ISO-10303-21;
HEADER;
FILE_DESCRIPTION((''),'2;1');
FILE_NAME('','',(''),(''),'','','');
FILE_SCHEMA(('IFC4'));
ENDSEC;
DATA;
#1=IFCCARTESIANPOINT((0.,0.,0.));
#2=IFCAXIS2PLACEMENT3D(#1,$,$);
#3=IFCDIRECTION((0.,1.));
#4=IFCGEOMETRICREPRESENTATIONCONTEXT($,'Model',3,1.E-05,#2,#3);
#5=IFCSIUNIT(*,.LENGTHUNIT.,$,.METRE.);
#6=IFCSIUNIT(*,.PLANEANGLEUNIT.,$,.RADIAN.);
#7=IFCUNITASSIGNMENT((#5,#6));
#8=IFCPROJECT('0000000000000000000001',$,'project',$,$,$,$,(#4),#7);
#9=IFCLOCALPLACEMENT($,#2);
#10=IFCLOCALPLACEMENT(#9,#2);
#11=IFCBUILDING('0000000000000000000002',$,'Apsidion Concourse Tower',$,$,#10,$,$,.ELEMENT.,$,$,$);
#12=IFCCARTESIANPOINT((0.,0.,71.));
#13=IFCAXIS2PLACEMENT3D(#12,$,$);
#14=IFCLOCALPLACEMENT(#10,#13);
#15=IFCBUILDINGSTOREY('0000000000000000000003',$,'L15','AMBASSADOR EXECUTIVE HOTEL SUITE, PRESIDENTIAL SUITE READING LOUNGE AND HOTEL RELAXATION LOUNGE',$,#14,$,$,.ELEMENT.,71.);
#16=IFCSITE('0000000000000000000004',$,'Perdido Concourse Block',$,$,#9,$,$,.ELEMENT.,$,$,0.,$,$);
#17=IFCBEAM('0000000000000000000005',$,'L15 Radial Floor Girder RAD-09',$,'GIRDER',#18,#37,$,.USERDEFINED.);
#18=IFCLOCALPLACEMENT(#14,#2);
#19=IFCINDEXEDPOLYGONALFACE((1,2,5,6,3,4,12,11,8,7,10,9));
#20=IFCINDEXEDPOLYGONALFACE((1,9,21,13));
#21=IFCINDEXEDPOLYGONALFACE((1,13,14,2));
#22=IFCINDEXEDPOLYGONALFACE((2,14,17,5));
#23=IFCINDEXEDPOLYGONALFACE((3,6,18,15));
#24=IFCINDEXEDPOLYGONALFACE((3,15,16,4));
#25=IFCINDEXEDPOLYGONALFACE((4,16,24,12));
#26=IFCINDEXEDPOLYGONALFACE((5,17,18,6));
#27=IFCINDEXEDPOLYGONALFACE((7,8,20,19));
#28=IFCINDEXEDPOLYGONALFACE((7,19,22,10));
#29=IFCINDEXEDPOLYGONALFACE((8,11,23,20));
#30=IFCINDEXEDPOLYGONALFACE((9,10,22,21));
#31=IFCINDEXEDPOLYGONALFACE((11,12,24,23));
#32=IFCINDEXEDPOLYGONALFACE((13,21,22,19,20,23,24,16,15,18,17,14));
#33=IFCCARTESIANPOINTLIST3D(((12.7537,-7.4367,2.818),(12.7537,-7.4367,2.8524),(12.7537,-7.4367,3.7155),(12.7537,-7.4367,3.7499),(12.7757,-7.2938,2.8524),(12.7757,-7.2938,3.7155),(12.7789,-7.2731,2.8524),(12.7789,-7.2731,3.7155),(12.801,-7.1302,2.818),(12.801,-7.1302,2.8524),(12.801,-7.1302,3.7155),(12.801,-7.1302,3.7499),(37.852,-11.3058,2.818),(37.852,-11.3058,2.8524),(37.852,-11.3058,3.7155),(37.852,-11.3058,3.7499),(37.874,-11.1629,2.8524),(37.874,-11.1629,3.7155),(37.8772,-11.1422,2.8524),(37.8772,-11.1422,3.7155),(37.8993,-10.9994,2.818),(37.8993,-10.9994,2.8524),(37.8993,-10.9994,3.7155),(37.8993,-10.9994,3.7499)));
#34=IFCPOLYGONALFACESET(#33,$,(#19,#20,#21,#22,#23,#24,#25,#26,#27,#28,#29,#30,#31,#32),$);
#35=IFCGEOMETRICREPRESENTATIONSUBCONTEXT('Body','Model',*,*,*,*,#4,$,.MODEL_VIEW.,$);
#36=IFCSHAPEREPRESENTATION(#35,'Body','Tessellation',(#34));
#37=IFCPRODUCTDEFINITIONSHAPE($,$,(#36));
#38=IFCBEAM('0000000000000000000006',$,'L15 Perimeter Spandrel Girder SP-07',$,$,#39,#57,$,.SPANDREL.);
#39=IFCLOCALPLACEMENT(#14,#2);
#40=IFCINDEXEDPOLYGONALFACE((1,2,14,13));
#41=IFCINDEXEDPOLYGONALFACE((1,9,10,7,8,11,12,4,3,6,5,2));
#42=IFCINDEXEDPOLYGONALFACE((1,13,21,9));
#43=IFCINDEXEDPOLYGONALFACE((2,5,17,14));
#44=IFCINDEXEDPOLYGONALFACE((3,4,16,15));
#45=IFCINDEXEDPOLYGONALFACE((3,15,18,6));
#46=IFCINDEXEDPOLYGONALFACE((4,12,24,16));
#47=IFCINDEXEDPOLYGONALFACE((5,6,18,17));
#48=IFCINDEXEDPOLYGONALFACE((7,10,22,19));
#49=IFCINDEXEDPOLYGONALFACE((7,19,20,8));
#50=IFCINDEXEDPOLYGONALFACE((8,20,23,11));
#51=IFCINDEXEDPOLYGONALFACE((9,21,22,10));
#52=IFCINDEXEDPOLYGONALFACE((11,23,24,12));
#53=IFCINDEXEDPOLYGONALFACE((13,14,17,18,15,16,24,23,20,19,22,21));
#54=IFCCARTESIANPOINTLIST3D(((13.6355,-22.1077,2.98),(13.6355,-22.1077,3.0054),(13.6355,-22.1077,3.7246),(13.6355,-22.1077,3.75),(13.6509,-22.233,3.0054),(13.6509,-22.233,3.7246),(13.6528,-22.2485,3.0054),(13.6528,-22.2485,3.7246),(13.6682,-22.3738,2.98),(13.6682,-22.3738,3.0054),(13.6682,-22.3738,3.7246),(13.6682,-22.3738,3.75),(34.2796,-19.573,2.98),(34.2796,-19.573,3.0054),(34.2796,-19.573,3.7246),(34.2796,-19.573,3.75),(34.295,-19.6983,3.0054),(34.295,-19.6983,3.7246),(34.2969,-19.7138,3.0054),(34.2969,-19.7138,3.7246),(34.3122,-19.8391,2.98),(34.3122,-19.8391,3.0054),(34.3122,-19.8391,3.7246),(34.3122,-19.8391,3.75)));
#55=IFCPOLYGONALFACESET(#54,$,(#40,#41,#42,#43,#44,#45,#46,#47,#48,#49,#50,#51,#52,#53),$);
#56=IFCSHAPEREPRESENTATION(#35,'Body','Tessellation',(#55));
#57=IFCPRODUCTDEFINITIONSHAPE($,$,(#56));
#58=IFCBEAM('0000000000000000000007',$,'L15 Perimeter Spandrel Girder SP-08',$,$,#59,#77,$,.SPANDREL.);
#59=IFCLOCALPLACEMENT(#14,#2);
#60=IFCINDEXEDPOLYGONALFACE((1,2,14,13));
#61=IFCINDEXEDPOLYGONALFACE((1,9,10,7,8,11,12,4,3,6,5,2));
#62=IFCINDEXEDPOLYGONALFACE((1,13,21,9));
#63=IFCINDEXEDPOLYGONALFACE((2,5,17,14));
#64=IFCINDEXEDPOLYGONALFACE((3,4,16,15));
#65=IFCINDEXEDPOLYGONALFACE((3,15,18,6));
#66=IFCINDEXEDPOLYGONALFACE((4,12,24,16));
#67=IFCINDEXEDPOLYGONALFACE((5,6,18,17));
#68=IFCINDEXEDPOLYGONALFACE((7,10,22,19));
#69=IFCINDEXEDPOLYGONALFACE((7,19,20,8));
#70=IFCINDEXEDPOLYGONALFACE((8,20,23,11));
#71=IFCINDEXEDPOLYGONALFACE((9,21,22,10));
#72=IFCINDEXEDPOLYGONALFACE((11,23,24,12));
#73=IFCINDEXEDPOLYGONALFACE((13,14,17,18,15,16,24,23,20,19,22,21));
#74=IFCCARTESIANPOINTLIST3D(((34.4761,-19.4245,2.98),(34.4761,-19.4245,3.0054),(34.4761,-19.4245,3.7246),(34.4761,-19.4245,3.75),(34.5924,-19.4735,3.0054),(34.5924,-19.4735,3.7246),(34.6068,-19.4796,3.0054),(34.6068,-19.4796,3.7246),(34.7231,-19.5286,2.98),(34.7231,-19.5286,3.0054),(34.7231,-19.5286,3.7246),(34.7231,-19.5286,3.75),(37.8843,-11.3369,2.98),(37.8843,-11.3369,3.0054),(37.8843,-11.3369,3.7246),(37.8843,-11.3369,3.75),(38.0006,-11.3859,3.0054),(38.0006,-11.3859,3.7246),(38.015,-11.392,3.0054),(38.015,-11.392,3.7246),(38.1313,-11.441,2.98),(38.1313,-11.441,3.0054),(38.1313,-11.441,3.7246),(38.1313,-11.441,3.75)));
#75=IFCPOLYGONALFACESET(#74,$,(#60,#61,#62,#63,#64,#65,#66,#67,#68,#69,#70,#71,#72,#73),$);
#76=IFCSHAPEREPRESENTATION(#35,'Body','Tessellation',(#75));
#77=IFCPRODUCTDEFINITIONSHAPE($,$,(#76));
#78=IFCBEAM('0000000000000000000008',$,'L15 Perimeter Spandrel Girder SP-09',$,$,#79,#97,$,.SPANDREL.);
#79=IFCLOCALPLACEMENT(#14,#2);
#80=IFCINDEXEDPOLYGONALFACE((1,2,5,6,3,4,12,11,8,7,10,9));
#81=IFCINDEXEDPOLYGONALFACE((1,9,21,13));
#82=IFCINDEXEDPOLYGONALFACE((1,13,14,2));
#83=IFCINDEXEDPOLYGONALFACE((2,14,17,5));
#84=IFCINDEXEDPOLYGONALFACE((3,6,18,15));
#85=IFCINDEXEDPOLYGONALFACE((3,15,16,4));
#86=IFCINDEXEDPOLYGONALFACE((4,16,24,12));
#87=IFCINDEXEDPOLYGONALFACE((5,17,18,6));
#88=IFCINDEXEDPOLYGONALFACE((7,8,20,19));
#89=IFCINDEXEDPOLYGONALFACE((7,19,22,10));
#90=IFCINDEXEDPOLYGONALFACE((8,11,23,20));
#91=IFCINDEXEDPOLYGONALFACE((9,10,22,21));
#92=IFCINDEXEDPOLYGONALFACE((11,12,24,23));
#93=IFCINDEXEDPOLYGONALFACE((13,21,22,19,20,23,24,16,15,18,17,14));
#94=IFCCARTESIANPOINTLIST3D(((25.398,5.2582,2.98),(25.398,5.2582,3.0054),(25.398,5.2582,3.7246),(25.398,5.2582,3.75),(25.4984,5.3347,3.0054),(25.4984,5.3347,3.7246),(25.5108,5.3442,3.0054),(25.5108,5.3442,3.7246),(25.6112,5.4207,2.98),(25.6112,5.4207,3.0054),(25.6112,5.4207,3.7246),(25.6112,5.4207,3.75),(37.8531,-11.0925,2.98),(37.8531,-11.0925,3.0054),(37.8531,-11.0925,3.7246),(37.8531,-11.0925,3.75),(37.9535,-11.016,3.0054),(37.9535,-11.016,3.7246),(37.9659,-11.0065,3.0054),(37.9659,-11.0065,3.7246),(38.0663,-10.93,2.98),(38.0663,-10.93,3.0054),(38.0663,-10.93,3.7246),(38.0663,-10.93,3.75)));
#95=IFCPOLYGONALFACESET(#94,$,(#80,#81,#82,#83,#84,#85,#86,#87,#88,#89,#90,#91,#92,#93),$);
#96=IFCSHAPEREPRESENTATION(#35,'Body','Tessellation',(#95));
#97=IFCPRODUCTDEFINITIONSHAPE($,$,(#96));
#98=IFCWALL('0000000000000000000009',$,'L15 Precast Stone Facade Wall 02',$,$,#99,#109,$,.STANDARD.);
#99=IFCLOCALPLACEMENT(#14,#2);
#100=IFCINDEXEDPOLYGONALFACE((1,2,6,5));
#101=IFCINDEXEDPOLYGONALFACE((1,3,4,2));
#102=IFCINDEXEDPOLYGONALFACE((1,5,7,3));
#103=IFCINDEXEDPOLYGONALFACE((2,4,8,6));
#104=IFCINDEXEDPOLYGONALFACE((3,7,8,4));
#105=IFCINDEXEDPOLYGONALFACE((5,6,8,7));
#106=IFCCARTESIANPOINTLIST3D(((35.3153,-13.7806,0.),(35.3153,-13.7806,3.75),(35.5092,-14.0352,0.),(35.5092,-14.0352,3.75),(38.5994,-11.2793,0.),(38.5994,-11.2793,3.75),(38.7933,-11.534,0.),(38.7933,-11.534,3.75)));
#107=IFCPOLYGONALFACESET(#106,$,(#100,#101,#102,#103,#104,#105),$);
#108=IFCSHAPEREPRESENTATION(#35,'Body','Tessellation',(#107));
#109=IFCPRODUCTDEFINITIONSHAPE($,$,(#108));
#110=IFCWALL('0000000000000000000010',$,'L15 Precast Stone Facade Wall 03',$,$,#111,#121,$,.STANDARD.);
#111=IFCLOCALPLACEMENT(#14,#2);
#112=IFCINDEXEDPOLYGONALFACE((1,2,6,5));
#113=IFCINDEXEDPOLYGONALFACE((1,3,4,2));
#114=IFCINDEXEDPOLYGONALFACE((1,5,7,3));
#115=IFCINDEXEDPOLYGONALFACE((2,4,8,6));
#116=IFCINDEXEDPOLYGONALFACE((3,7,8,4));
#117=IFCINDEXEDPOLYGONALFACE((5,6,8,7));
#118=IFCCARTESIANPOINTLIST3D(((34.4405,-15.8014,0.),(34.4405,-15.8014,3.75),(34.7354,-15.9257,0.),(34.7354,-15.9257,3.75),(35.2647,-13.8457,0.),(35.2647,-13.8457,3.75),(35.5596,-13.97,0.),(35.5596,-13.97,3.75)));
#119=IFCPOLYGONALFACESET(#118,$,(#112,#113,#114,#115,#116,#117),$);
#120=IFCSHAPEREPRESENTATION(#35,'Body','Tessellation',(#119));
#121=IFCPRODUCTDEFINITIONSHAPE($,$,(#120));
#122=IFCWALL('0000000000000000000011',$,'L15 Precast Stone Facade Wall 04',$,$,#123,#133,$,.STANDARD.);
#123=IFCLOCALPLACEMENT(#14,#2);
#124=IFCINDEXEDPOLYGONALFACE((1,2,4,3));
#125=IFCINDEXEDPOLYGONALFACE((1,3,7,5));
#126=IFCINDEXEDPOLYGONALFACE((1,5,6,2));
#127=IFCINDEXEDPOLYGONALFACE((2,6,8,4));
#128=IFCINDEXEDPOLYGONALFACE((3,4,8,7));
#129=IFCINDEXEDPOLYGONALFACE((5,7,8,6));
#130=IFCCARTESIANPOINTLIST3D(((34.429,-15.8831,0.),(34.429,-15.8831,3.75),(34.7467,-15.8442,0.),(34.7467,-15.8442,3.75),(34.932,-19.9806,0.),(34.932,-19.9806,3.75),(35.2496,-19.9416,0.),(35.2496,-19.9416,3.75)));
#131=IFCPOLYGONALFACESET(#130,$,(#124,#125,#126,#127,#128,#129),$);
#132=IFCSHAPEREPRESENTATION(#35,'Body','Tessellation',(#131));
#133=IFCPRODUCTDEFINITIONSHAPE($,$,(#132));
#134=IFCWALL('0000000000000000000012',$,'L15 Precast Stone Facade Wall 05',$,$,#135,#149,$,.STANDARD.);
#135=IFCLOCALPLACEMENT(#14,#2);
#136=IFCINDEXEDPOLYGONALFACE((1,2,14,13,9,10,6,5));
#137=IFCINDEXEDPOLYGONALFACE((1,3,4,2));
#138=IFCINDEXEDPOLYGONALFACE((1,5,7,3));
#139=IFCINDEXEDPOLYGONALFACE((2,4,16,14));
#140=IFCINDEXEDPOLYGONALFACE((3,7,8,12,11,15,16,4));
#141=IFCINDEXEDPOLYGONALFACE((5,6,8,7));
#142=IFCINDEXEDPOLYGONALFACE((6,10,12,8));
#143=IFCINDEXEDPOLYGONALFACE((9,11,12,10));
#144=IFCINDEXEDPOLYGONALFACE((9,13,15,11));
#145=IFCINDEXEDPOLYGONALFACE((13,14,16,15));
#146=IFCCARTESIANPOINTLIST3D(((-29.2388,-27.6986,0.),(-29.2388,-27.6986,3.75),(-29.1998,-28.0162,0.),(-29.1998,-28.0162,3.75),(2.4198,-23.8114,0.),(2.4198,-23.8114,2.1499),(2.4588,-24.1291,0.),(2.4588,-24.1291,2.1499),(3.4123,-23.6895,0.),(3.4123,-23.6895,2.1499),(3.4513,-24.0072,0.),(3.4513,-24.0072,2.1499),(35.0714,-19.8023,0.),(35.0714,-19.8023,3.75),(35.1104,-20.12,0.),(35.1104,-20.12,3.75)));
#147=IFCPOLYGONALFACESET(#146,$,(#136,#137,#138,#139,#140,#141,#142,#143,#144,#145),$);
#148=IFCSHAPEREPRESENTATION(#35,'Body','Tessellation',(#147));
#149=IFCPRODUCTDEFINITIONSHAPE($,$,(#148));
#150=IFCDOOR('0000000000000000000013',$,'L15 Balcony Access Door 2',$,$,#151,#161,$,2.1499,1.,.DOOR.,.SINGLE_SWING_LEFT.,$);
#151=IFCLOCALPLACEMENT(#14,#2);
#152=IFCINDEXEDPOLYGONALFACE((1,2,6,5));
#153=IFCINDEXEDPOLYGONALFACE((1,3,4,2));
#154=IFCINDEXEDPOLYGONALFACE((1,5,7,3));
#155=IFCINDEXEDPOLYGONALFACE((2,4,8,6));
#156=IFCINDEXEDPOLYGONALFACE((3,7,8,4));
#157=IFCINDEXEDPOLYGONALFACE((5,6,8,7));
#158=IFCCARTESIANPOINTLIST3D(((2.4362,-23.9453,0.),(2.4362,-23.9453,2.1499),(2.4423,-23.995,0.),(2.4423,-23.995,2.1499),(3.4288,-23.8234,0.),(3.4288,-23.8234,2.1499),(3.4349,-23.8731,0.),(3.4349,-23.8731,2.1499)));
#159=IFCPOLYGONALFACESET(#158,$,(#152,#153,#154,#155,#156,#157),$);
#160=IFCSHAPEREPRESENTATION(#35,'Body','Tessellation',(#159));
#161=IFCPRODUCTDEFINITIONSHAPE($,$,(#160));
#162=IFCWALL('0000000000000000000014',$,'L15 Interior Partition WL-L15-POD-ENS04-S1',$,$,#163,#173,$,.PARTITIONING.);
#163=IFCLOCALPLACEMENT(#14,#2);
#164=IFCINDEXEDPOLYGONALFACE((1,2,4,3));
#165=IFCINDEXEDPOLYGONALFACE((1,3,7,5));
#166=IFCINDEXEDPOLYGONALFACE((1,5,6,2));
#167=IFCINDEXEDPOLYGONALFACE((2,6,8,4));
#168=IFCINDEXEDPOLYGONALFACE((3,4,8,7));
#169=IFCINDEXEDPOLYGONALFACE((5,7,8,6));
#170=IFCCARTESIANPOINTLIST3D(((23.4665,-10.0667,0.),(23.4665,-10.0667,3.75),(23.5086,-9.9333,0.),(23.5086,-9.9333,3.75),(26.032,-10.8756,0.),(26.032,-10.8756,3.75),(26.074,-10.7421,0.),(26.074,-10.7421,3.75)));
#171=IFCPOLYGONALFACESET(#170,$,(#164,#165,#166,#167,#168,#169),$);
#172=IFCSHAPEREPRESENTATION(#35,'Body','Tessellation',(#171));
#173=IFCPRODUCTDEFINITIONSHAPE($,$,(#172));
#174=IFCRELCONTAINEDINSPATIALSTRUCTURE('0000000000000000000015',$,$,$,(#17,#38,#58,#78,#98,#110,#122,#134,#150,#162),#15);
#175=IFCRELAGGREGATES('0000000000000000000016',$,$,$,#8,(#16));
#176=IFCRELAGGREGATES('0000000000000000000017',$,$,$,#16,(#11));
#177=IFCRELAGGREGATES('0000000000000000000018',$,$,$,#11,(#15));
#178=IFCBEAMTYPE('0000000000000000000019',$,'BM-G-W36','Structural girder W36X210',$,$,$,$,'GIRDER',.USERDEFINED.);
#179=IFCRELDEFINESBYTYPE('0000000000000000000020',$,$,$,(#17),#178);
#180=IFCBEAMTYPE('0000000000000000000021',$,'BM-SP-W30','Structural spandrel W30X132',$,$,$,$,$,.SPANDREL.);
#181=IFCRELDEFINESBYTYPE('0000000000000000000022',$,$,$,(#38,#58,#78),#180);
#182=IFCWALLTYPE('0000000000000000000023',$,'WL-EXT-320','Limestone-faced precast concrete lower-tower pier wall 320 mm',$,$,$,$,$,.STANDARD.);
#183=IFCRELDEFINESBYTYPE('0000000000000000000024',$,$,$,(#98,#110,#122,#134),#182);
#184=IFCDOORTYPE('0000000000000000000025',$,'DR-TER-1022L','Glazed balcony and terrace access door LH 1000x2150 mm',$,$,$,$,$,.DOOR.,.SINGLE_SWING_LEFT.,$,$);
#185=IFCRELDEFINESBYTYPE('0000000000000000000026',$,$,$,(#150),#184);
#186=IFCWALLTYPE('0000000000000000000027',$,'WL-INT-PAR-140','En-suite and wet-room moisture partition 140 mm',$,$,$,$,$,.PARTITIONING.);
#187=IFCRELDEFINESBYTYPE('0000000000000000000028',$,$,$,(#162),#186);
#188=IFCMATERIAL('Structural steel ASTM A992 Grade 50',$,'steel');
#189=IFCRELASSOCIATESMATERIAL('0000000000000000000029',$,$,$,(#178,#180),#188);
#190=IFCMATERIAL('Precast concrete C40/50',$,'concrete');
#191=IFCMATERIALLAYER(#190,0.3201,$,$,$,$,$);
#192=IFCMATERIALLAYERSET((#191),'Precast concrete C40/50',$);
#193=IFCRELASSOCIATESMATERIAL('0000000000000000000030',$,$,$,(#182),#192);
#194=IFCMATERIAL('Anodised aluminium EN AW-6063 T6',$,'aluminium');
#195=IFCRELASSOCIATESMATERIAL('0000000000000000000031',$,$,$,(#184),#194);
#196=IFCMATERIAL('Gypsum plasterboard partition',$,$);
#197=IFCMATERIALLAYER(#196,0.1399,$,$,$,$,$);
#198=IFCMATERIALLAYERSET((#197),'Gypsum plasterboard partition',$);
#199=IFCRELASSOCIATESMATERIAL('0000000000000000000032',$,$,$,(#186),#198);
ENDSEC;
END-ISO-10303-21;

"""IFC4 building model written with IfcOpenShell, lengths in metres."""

from ifc_helpers import new_model, si_unit, direction, frame, frame_2d, origin, origin_2d, place, context, subcontext, project, spatial, rectangle, i_section, extrude, material, layer, layer_set, material_profile, profile_set, type_object, element, fill, save


model = new_model("IFC4")

# Units and contexts
model_context = context("Model", 3, precision=1e-05, world=origin(), true_north=direction((0.0, 1.0)))
body_context = subcontext(model_context, "Body", "Model", "MODEL_VIEW")
ifc_project = project(units=[si_unit("LENGTHUNIT", "METRE"), si_unit("PLANEANGLEUNIT", "RADIAN")], contexts=[model_context])

# Site, building, storey
site_placement = place(None, origin())
site = spatial("IfcSite", under=ifc_project, at=site_placement, Name="Perdido Concourse Block", CompositionType="ELEMENT", RefElevation=0.0)
building_placement = place(site_placement, origin())
building = spatial("IfcBuilding", under=site, at=building_placement, Name="Apsidion Concourse Tower", CompositionType="ELEMENT")
storey_placement = place(building_placement, frame((0.0, 0.0, 71.0)))
storey = spatial("IfcBuildingStorey", under=building, at=storey_placement, Name="L15", Description="AMBASSADOR EXECUTIVE HOTEL SUITE, PRESIDENTIAL SUITE READING LOUNGE AND HOTEL RELAXATION LOUNGE", CompositionType="ELEMENT", Elevation=71.0)

# Beams
ifc_material_1 = material(Name="Structural steel ASTM A992 Grade 50", Category="steel")
ifc_material_profile_1 = material_profile(ifc_material_1, i_section(OverallWidth=0.3101, OverallDepth=0.9319, WebThickness=0.021, FlangeThickness=0.0344, at=origin_2d()), Name="W36X210")
ifc_profile_set_1 = profile_set([ifc_material_profile_1], Name="Structural steel ASTM A992 Grade 50")
beam_type_1 = type_object("IfcBeamType", Name="BM-G-W36", Description="Structural girder W36X210", ElementType="GIRDER", PredefinedType="USERDEFINED", material=ifc_profile_set_1)
beam_1_placement = place(storey_placement, frame((12.7773, -7.2834, 3.2839), z_axis=(0.988325, -0.152359, 0.0), x_axis=(0.152359, 0.988325, 0.0)))
element("IfcBeam", 1, at=beam_1_placement, inside=storey, type_object=beam_type_1, Name="L15 Radial Floor Girder RAD-09", ObjectType="GIRDER", PredefinedType="USERDEFINED", context=body_context, shape_type="SweptSolid", body=[
    extrude(i_section(OverallWidth=0.3101, OverallDepth=0.9319, WebThickness=0.021, FlangeThickness=0.0344, at=origin_2d()), origin(), (0.0, 0.0, 1.0), 25.3948),
])
ifc_material_profile_2 = material_profile(ifc_material_1, i_section(OverallWidth=0.2681, OverallDepth=0.77, WebThickness=0.0156, FlangeThickness=0.0254, at=origin_2d()), Name="W30X132")
ifc_profile_set_2 = profile_set([ifc_material_profile_2], Name="Structural steel ASTM A992 Grade 50")
beam_type_2 = type_object("IfcBeamType", Name="BM-SP-W30", Description="Structural spandrel W30X132", PredefinedType="SPANDREL", material=ifc_profile_set_2)
beam_2_placement = place(storey_placement, frame((13.6519, -22.2407, 3.365), z_axis=(0.992547, 0.121865, 0.0), x_axis=(-0.121865, 0.992547, 0.0)))
element("IfcBeam", 2, at=beam_2_placement, inside=storey, type_object=beam_type_2, Name="L15 Perimeter Spandrel Girder SP-07", PredefinedType="SPANDREL", context=body_context, shape_type="SweptSolid", body=[
    extrude(i_section(OverallWidth=0.2681, OverallDepth=0.77, WebThickness=0.0156, FlangeThickness=0.0254, at=origin_2d()), origin(), (0.0, 0.0, 1.0), 20.7991),
])
beam_3_placement = place(storey_placement, frame((34.5996, -19.4766, 3.365), z_axis=(0.388336, 0.921518, 0.0), x_axis=(-0.921518, 0.388336, 0.0)))
element("IfcBeam", 3, at=beam_3_placement, inside=storey, type_object=beam_type_2, Name="L15 Perimeter Spandrel Girder SP-08", PredefinedType="SPANDREL", context=body_context, shape_type="SweptSolid", body=[
    extrude(i_section(OverallWidth=0.2681, OverallDepth=0.77, WebThickness=0.0156, FlangeThickness=0.0254, at=origin_2d()), origin(), (0.0, 0.0, 1.0), 8.7764),
])
beam_4_placement = place(storey_placement, frame((37.9597, -11.0112, 3.365), z_axis=(-0.605966, 0.795491, 0.0), x_axis=(-0.795491, -0.605966, 0.0)))
element("IfcBeam", 4, at=beam_4_placement, inside=storey, type_object=beam_type_2, Name="L15 Perimeter Spandrel Girder SP-09", PredefinedType="SPANDREL", context=body_context, shape_type="SweptSolid", body=[
    extrude(i_section(OverallWidth=0.2681, OverallDepth=0.77, WebThickness=0.0156, FlangeThickness=0.0254, at=origin_2d()), origin(), (0.0, 0.0, 1.0), 20.5542),
])

# Walls
ifc_material_2 = material(Name="Precast concrete C40/50", Category="concrete")
ifc_layer_1 = layer(ifc_material_2, 0.3201)
ifc_layer_set_1 = layer_set([ifc_layer_1], Name="Precast concrete C40/50")
wall_type_1 = type_object("IfcWallType", Name="WL-EXT-320", Description="Limestone-faced precast concrete lower-tower pier wall 320 mm", PredefinedType="STANDARD", material=ifc_layer_set_1)
wall_1_placement = place(storey_placement, frame((38.6963, -11.4067, 0.0), z_axis=(0.0, 0.0, 1.0), x_axis=(-0.79555, -0.605888, 0.0)))
element("IfcWall", 5, at=wall_1_placement, inside=storey, type_object=wall_type_1, Name="L15 Precast Stone Facade Wall 02", PredefinedType="STANDARD", context=body_context, shape_type="SweptSolid", body=[
    extrude(rectangle(XDim=4.1282, YDim=0.3201, at=frame_2d((2.064, 0.0))), origin(), (0.0, 0.0, 1.0), 3.75),
])
wall_2_placement = place(storey_placement, frame((35.4121, -13.908, 0.0), z_axis=(0.0, 0.0, 1.0), x_axis=(-0.388345, -0.921514, 0.0)))
element("IfcWall", 6, at=wall_2_placement, inside=storey, type_object=wall_type_1, Name="L15 Precast Stone Facade Wall 03", PredefinedType="STANDARD", context=body_context, shape_type="SweptSolid", body=[
    extrude(rectangle(XDim=2.1223, YDim=0.3201, at=frame_2d((1.061, 0.0))), origin(), (0.0, 0.0, 1.0), 3.75),
])
wall_3_placement = place(storey_placement, frame((34.5879, -15.8638, 0.0), z_axis=(0.0, 0.0, 1.0), x_axis=(0.121829, -0.992551, 0.0)))
element("IfcWall", 7, at=wall_3_placement, inside=storey, type_object=wall_type_1, Name="L15 Precast Stone Facade Wall 04", PredefinedType="STANDARD", context=body_context, shape_type="SweptSolid", body=[
    extrude(rectangle(XDim=4.1282, YDim=0.3201, at=frame_2d((2.064, 0.0))), origin(), (0.0, 0.0, 1.0), 3.75),
])

# Wall, opening, door
wall_4_placement = place(storey_placement, frame((35.0908, -19.9612, 0.0), z_axis=(0.0, 0.0, 1.0), x_axis=(-0.992546, -0.121868, 0.0)))
wall_4 = element("IfcWall", 8, at=wall_4_placement, inside=storey, type_object=wall_type_1, Name="L15 Precast Stone Facade Wall 05", PredefinedType="STANDARD", context=body_context, shape_type="SweptSolid", body=[
    extrude(rectangle(XDim=64.7932, YDim=0.3201, at=frame_2d((32.3965, 0.0))), origin(), (0.0, 0.0, 1.0), 3.75),
])
opening_1_placement = place(wall_4_placement, frame((31.8967, 0.0, 0.0)))
opening_1 = element("IfcOpeningElement", 9, at=opening_1_placement, cuts=wall_4, PredefinedType="OPENING", context=body_context, shape_type="SweptSolid", body=[
    extrude(rectangle(XDim=1.0, YDim=2.1499, at=frame_2d((0.5, 1.075))), frame((0.0, 0.1699, 0.0), z_axis=(0.0, -1.0, 0.0), x_axis=(1.0, 0.0, 0.0)), (0.0, 0.0, 1.0), 0.3401),
])
ifc_material_3 = material(Name="Anodised aluminium EN AW-6063 T6", Category="aluminium")
door_type_1 = type_object("IfcDoorType", Name="DR-TER-1022L", Description="Glazed balcony and terrace access door LH 1000x2150 mm", OperationType="SINGLE_SWING_LEFT", PredefinedType="DOOR", material=ifc_material_3)
door_1_placement = place(opening_1_placement, origin())
door_1 = element("IfcDoor", 10, at=door_1_placement, inside=storey, type_object=door_type_1, Name="L15 Balcony Access Door 2", OperationType="SINGLE_SWING_LEFT", OverallHeight=2.1499, OverallWidth=1.0, PredefinedType="DOOR", context=body_context, shape_type="SweptSolid", body=[
    extrude(rectangle(XDim=1.0, YDim=2.1499, at=frame_2d((0.5, 1.075))), frame((0.0, 0.0249, 0.0), z_axis=(0.0, -1.0, 0.0), x_axis=(1.0, 0.0, 0.0)), (0.0, 0.0, 1.0), 0.05),
])
fill(opening_1, door_1)

# Wall
ifc_material_4 = material(Name="Gypsum plasterboard partition")
ifc_layer_2 = layer(ifc_material_4, 0.1399)
ifc_layer_set_2 = layer_set([ifc_layer_2], Name="Gypsum plasterboard partition")
wall_type_2 = type_object("IfcWallType", Name="WL-INT-PAR-140", Description="En-suite and wet-room moisture partition 140 mm", PredefinedType="PARTITIONING", material=ifc_layer_set_2)
wall_5_placement = place(storey_placement, frame((23.4875, -10.0, 0.0), z_axis=(0.0, 0.0, 1.0), x_axis=(0.953721, -0.300693, 0.0)))
element("IfcWall", 11, at=wall_5_placement, inside=storey, type_object=wall_type_2, Name="L15 Interior Partition WL-L15-POD-ENS04-S1", PredefinedType="PARTITIONING", context=body_context, shape_type="SweptSolid", body=[
    extrude(rectangle(XDim=2.6899, YDim=0.1399, at=frame_2d((1.345, 0.0))), origin(), (0.0, 0.0, 1.0), 3.75),
])

save(model, "model.ifc")
